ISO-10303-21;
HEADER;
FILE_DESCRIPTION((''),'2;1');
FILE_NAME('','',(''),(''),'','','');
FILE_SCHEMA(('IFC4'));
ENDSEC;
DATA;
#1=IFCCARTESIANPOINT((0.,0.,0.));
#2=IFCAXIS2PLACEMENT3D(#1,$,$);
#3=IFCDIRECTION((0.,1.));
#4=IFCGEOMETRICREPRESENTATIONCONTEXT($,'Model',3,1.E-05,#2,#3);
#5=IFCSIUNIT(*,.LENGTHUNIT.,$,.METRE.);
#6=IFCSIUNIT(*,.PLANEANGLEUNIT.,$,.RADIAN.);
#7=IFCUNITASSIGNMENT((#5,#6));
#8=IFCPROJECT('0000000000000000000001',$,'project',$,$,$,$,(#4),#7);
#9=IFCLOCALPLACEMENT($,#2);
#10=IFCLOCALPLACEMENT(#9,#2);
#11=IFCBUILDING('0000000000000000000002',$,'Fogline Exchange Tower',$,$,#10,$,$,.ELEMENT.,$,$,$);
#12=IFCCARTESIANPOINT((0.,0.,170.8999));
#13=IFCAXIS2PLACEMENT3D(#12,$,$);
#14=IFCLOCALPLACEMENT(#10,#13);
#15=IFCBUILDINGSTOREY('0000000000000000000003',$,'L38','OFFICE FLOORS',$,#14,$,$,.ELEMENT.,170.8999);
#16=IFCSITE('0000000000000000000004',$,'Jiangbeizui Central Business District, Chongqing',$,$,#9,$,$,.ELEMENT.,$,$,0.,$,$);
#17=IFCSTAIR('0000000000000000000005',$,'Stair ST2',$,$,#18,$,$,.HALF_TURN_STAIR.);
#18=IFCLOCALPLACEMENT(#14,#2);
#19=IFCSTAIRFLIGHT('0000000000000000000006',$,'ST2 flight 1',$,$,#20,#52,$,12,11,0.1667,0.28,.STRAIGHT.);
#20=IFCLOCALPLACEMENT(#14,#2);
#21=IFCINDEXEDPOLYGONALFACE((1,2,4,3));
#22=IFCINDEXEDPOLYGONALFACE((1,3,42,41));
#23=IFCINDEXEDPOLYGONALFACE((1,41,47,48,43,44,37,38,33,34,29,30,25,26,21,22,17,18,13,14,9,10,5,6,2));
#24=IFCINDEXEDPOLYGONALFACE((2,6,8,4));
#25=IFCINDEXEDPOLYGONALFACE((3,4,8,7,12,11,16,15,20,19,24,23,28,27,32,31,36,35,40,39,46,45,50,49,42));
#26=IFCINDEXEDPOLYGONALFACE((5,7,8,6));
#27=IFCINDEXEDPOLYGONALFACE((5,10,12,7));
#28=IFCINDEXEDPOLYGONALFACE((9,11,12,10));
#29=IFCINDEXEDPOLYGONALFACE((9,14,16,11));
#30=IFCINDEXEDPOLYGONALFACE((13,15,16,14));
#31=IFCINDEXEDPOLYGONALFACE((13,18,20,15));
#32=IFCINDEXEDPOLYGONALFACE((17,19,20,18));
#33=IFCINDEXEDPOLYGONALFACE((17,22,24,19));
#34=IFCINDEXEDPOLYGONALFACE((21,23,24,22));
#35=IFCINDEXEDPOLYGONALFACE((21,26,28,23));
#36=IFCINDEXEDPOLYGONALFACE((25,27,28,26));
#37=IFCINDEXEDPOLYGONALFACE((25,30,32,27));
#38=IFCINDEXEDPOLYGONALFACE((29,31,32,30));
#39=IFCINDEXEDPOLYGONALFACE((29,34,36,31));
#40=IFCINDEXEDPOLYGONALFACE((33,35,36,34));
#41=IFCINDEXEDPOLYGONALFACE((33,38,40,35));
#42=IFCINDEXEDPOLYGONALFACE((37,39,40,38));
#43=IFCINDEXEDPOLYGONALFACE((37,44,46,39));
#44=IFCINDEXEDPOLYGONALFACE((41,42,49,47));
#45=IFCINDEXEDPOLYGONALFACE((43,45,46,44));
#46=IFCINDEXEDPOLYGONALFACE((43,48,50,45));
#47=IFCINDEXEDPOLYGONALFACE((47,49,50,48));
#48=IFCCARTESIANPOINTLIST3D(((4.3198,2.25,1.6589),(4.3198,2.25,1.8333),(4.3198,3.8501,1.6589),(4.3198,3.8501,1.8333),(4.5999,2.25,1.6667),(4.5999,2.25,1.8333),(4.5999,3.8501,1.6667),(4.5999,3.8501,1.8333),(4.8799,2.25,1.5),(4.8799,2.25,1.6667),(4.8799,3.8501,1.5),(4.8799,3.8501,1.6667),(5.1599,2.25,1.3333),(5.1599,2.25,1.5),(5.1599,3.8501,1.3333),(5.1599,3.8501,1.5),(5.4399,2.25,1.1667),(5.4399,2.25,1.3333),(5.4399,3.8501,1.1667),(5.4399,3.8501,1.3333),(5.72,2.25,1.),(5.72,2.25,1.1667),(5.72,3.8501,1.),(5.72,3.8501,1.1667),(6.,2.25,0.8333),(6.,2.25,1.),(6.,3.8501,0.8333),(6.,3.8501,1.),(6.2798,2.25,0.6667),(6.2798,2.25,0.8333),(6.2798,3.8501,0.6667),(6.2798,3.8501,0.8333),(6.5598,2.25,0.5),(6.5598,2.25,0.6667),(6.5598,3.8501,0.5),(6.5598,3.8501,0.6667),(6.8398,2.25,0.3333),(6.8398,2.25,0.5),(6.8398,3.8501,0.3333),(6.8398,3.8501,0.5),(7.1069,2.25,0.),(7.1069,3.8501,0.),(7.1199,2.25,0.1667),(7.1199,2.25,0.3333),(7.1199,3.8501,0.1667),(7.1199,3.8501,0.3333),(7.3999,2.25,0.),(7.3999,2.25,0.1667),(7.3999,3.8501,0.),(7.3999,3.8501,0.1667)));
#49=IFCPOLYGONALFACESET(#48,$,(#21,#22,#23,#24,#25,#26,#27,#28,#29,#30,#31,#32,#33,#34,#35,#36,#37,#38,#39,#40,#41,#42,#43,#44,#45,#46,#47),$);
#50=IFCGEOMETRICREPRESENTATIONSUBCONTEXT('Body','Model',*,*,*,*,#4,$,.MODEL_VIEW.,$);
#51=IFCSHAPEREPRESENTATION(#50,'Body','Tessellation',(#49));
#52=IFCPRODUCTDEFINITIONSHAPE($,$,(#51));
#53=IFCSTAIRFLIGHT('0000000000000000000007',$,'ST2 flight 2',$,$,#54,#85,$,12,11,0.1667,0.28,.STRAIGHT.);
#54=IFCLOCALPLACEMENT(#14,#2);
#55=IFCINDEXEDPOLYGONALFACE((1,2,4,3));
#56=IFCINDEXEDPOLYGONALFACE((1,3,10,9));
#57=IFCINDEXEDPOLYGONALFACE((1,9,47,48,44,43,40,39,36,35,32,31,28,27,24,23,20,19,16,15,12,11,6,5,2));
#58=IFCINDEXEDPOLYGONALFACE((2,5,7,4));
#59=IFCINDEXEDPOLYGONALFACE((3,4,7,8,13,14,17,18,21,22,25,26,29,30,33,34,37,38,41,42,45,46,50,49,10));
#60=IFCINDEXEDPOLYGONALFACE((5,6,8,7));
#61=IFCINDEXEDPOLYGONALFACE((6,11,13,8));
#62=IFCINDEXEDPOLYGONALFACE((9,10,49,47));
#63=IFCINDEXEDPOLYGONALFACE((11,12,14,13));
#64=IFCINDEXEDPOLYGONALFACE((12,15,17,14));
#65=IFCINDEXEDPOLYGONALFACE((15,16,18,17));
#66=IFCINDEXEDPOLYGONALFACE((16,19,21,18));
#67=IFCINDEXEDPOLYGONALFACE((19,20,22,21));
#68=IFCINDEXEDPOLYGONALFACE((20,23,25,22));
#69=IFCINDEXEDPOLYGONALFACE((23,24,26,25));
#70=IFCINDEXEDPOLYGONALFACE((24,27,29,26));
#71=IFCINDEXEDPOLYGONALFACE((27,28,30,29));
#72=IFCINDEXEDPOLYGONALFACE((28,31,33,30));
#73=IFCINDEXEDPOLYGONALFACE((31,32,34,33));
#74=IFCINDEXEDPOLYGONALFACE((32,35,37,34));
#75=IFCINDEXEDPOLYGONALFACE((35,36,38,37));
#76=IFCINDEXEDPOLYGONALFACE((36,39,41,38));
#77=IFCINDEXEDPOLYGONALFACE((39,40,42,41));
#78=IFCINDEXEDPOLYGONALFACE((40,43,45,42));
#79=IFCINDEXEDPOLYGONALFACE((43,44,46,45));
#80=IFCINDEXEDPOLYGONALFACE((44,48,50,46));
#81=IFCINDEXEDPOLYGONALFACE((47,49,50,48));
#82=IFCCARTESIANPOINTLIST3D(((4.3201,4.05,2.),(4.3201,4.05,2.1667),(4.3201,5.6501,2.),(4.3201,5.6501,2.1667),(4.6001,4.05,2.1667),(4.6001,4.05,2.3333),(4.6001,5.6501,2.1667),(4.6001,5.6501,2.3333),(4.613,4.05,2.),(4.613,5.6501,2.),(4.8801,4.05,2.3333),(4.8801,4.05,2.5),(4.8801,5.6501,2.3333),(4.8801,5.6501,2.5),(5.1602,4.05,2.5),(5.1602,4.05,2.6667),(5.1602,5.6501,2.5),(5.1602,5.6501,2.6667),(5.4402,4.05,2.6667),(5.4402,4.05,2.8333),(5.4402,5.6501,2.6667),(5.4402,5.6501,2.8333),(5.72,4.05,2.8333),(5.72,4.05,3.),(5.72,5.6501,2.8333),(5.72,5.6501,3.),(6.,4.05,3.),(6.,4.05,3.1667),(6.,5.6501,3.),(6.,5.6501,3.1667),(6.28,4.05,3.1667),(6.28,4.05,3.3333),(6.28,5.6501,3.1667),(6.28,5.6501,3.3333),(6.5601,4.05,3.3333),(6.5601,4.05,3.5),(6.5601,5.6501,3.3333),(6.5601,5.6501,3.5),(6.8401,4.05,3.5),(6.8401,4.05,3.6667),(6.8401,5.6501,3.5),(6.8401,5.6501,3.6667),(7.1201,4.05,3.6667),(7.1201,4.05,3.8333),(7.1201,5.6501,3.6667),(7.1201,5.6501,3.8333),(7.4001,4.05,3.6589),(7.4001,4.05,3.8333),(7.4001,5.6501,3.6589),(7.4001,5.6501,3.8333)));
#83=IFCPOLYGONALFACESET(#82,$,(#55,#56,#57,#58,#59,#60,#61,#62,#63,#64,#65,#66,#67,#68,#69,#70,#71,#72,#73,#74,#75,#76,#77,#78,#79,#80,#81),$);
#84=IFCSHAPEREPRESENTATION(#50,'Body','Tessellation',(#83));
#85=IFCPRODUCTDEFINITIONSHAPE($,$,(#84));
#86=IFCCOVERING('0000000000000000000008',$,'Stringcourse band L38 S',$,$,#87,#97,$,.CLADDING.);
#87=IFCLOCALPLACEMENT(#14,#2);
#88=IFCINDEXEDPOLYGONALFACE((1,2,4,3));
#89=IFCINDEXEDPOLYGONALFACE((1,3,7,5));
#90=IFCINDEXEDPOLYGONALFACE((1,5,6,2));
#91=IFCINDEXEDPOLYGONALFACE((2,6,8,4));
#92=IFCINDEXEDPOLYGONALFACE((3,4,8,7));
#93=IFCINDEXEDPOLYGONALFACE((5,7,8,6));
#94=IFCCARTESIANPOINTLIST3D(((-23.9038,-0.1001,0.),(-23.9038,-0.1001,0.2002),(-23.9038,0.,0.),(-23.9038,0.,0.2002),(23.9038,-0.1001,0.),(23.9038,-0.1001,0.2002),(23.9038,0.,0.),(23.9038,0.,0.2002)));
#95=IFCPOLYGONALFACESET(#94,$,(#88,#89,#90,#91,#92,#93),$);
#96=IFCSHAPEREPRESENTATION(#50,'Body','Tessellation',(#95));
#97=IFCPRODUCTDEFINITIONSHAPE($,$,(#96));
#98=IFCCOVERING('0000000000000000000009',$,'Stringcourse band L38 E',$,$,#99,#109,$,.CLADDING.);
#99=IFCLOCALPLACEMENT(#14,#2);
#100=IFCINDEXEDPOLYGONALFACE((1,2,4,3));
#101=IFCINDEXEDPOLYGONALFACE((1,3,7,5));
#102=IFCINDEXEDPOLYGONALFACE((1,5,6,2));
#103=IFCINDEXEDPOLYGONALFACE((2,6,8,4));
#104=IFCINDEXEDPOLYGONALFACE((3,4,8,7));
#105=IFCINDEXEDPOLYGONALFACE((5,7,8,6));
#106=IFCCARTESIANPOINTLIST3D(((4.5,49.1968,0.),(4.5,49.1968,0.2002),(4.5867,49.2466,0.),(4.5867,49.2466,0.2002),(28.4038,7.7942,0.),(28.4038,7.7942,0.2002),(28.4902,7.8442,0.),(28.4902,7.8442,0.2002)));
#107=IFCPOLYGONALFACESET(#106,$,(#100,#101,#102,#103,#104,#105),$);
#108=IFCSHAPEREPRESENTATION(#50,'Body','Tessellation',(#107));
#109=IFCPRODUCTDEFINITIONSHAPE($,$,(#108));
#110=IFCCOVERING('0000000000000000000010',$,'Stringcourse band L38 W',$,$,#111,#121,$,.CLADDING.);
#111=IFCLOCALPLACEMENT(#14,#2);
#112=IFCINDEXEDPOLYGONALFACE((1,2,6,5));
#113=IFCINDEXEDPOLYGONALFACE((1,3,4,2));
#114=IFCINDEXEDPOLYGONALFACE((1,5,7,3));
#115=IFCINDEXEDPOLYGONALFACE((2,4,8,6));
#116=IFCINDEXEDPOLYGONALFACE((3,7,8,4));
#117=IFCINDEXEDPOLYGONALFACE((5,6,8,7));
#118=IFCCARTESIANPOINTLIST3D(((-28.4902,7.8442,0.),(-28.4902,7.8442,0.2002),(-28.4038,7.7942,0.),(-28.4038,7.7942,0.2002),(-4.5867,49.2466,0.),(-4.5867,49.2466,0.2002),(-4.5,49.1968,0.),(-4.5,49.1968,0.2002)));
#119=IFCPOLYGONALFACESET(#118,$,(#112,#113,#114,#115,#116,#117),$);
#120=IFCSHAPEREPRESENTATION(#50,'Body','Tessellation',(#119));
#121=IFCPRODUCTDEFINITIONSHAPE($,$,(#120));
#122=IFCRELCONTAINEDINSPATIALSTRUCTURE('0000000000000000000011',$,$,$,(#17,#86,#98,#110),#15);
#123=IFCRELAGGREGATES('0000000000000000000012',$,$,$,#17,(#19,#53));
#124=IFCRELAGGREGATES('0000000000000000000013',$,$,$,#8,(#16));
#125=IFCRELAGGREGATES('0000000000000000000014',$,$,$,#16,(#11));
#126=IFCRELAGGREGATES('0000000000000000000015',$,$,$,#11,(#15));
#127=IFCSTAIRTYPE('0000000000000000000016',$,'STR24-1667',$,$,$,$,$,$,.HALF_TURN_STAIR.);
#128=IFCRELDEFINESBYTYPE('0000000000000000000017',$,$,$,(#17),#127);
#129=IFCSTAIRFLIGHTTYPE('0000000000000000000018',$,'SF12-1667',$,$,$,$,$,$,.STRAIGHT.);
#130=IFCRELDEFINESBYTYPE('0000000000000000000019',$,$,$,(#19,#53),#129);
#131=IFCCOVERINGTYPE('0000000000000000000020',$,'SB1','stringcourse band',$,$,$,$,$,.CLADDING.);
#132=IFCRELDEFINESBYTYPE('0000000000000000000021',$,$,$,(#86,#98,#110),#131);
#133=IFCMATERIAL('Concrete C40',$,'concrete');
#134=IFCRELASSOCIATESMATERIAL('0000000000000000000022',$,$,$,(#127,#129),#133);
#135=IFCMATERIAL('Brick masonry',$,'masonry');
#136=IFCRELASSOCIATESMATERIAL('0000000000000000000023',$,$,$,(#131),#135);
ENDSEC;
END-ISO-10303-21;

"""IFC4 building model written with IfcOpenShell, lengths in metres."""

from ifc_helpers import new_model, si_unit, direction, frame, origin, place, context, subcontext, project, spatial, polyline, outline, extrude, material, type_object, element, aggregate, save


model = new_model("IFC4")

# Units and contexts
model_context = context("Model", 3, precision=1e-05, world=origin(), true_north=direction((0.0, 1.0)))
body_context = subcontext(model_context, "Body", "Model", "MODEL_VIEW")
ifc_project = project(units=[si_unit("LENGTHUNIT", "METRE"), si_unit("PLANEANGLEUNIT", "RADIAN")], contexts=[model_context])

# Site, building, storey
site_placement = place(None, origin())
site = spatial("IfcSite", under=ifc_project, at=site_placement, Name="Jiangbeizui Central Business District, Chongqing", CompositionType="ELEMENT", RefElevation=0.0)
building_placement = place(site_placement, origin())
building = spatial("IfcBuilding", under=site, at=building_placement, Name="Fogline Exchange Tower", CompositionType="ELEMENT")
storey_placement = place(building_placement, frame((0.0, 0.0, 170.8999)))
storey = spatial("IfcBuildingStorey", under=building, at=storey_placement, Name="L38", Description="OFFICE FLOORS", CompositionType="ELEMENT", Elevation=170.8999)

# Shared definitions
ifc_material_1 = material(Name="Concrete C40", Category="concrete")

# Stair
stair_type = type_object("IfcStairType", Name="STR24-1667", PredefinedType="HALF_TURN_STAIR", material=ifc_material_1)
stair_1_placement = place(storey_placement, origin())
stair_1 = element("IfcStair", 1, at=stair_1_placement, inside=storey, type_object=stair_type, Name="Stair ST2", PredefinedType="HALF_TURN_STAIR")

# Stair flights
stair_flight_type = type_object("IfcStairFlightType", Name="SF12-1667", PredefinedType="STRAIGHT", material=ifc_material_1)
stair_flight_1_placement = place(storey_placement, frame((7.3999, 3.05, 0.0), z_axis=(0.0, 0.0, 1.0), x_axis=(-1.0, 0.0, 0.0)))
stair_flight_1 = element("IfcStairFlight", 2, at=stair_flight_1_placement, type_object=stair_flight_type, Name="ST2 flight 1", NumberOfRisers=12, NumberOfTreads=11, PredefinedType="STRAIGHT", RiserHeight=0.1667, TreadLength=0.28, context=body_context, shape_type="SweptSolid", body=[
    extrude(outline(polyline([(0.0, 0.0), (0.0, 0.1667), (0.28, 0.1667), (0.28, 0.3333), (0.5601, 0.3333), (0.5601, 0.5), (0.8401, 0.5), (0.8401, 0.6667), (1.1201, 0.6667), (1.1201, 0.8333), (1.3999, 0.8333), (1.3999, 1.0), (1.6799, 1.0), (1.6799, 1.1667), (1.96, 1.1667), (1.96, 1.3333), (2.24, 1.3333), (2.24, 1.5), (2.52, 1.5), (2.52, 1.6667), (2.8, 1.6667), (2.8, 1.8333), (3.0801, 1.8333), (3.0801, 2.0), (3.0801, 1.6589), (0.293, 0.0), (0.0, 0.0)])), frame((0.0, 0.8, 0.0), z_axis=(0.0, -1.0, 0.0), x_axis=(1.0, 0.0, 0.0)), (0.0, 0.0, 1.0), 1.6001),
])
stair_flight_2_placement = place(storey_placement, frame((4.3201, 4.8501, 2.0), z_axis=(0.0, 0.0, 1.0), x_axis=(1.0, 0.0, 0.0)))
stair_flight_2 = element("IfcStairFlight", 3, at=stair_flight_2_placement, type_object=stair_flight_type, Name="ST2 flight 2", NumberOfRisers=12, NumberOfTreads=11, PredefinedType="STRAIGHT", RiserHeight=0.1667, TreadLength=0.28, context=body_context, shape_type="SweptSolid", body=[
    extrude(outline(polyline([(0.0, 0.0), (0.0, 0.1667), (0.28, 0.1667), (0.28, 0.3333), (0.5601, 0.3333), (0.5601, 0.5), (0.8401, 0.5), (0.8401, 0.6667), (1.1201, 0.6667), (1.1201, 0.8333), (1.3999, 0.8333), (1.3999, 1.0), (1.6799, 1.0), (1.6799, 1.1667), (1.96, 1.1667), (1.96, 1.3333), (2.24, 1.3333), (2.24, 1.5), (2.52, 1.5), (2.52, 1.6667), (2.8, 1.6667), (2.8, 1.8333), (3.0801, 1.8333), (3.0801, 2.0), (3.0801, 1.6589), (0.293, 0.0), (0.0, 0.0)])), frame((0.0, 0.8, 0.0), z_axis=(0.0, -1.0, 0.0), x_axis=(1.0, 0.0, 0.0)), (0.0, 0.0, 1.0), 1.6001),
])
aggregate(stair_1, [stair_flight_1, stair_flight_2])

# Coverings
ifc_material_2 = material(Name="Brick masonry", Category="masonry")
covering_type = type_object("IfcCoveringType", Name="SB1", Description="stringcourse band", PredefinedType="CLADDING", material=ifc_material_2)
covering_1_placement = place(storey_placement, origin())
element("IfcCovering", 4, at=covering_1_placement, inside=storey, type_object=covering_type, Name="Stringcourse band L38 S", PredefinedType="CLADDING", context=body_context, shape_type="SweptSolid", body=[
    extrude(outline(polyline([(-23.9038, 0.0), (-23.9038, -0.1001), (23.9038, -0.1001), (23.9038, 0.0), (-23.9038, 0.0)])), origin(), (0.0, 0.0, 1.0), 0.2002),
])
covering_2_placement = place(storey_placement, origin())
element("IfcCovering", 5, at=covering_2_placement, inside=storey, type_object=covering_type, Name="Stringcourse band L38 E", PredefinedType="CLADDING", context=body_context, shape_type="SweptSolid", body=[
    extrude(outline(polyline([(28.4038, 7.7942), (28.4902, 7.8442), (4.5867, 49.2466), (4.5, 49.1968), (28.4038, 7.7942)])), origin(), (0.0, 0.0, 1.0), 0.2002),
])
covering_3_placement = place(storey_placement, origin())
element("IfcCovering", 6, at=covering_3_placement, inside=storey, type_object=covering_type, Name="Stringcourse band L38 W", PredefinedType="CLADDING", context=body_context, shape_type="SweptSolid", body=[
    extrude(outline(polyline([(-4.5, 49.1968), (-4.5867, 49.2466), (-28.4902, 7.8442), (-28.4038, 7.7942), (-4.5, 49.1968)])), origin(), (0.0, 0.0, 1.0), 0.2002),
])

save(model, "model.ifc")
